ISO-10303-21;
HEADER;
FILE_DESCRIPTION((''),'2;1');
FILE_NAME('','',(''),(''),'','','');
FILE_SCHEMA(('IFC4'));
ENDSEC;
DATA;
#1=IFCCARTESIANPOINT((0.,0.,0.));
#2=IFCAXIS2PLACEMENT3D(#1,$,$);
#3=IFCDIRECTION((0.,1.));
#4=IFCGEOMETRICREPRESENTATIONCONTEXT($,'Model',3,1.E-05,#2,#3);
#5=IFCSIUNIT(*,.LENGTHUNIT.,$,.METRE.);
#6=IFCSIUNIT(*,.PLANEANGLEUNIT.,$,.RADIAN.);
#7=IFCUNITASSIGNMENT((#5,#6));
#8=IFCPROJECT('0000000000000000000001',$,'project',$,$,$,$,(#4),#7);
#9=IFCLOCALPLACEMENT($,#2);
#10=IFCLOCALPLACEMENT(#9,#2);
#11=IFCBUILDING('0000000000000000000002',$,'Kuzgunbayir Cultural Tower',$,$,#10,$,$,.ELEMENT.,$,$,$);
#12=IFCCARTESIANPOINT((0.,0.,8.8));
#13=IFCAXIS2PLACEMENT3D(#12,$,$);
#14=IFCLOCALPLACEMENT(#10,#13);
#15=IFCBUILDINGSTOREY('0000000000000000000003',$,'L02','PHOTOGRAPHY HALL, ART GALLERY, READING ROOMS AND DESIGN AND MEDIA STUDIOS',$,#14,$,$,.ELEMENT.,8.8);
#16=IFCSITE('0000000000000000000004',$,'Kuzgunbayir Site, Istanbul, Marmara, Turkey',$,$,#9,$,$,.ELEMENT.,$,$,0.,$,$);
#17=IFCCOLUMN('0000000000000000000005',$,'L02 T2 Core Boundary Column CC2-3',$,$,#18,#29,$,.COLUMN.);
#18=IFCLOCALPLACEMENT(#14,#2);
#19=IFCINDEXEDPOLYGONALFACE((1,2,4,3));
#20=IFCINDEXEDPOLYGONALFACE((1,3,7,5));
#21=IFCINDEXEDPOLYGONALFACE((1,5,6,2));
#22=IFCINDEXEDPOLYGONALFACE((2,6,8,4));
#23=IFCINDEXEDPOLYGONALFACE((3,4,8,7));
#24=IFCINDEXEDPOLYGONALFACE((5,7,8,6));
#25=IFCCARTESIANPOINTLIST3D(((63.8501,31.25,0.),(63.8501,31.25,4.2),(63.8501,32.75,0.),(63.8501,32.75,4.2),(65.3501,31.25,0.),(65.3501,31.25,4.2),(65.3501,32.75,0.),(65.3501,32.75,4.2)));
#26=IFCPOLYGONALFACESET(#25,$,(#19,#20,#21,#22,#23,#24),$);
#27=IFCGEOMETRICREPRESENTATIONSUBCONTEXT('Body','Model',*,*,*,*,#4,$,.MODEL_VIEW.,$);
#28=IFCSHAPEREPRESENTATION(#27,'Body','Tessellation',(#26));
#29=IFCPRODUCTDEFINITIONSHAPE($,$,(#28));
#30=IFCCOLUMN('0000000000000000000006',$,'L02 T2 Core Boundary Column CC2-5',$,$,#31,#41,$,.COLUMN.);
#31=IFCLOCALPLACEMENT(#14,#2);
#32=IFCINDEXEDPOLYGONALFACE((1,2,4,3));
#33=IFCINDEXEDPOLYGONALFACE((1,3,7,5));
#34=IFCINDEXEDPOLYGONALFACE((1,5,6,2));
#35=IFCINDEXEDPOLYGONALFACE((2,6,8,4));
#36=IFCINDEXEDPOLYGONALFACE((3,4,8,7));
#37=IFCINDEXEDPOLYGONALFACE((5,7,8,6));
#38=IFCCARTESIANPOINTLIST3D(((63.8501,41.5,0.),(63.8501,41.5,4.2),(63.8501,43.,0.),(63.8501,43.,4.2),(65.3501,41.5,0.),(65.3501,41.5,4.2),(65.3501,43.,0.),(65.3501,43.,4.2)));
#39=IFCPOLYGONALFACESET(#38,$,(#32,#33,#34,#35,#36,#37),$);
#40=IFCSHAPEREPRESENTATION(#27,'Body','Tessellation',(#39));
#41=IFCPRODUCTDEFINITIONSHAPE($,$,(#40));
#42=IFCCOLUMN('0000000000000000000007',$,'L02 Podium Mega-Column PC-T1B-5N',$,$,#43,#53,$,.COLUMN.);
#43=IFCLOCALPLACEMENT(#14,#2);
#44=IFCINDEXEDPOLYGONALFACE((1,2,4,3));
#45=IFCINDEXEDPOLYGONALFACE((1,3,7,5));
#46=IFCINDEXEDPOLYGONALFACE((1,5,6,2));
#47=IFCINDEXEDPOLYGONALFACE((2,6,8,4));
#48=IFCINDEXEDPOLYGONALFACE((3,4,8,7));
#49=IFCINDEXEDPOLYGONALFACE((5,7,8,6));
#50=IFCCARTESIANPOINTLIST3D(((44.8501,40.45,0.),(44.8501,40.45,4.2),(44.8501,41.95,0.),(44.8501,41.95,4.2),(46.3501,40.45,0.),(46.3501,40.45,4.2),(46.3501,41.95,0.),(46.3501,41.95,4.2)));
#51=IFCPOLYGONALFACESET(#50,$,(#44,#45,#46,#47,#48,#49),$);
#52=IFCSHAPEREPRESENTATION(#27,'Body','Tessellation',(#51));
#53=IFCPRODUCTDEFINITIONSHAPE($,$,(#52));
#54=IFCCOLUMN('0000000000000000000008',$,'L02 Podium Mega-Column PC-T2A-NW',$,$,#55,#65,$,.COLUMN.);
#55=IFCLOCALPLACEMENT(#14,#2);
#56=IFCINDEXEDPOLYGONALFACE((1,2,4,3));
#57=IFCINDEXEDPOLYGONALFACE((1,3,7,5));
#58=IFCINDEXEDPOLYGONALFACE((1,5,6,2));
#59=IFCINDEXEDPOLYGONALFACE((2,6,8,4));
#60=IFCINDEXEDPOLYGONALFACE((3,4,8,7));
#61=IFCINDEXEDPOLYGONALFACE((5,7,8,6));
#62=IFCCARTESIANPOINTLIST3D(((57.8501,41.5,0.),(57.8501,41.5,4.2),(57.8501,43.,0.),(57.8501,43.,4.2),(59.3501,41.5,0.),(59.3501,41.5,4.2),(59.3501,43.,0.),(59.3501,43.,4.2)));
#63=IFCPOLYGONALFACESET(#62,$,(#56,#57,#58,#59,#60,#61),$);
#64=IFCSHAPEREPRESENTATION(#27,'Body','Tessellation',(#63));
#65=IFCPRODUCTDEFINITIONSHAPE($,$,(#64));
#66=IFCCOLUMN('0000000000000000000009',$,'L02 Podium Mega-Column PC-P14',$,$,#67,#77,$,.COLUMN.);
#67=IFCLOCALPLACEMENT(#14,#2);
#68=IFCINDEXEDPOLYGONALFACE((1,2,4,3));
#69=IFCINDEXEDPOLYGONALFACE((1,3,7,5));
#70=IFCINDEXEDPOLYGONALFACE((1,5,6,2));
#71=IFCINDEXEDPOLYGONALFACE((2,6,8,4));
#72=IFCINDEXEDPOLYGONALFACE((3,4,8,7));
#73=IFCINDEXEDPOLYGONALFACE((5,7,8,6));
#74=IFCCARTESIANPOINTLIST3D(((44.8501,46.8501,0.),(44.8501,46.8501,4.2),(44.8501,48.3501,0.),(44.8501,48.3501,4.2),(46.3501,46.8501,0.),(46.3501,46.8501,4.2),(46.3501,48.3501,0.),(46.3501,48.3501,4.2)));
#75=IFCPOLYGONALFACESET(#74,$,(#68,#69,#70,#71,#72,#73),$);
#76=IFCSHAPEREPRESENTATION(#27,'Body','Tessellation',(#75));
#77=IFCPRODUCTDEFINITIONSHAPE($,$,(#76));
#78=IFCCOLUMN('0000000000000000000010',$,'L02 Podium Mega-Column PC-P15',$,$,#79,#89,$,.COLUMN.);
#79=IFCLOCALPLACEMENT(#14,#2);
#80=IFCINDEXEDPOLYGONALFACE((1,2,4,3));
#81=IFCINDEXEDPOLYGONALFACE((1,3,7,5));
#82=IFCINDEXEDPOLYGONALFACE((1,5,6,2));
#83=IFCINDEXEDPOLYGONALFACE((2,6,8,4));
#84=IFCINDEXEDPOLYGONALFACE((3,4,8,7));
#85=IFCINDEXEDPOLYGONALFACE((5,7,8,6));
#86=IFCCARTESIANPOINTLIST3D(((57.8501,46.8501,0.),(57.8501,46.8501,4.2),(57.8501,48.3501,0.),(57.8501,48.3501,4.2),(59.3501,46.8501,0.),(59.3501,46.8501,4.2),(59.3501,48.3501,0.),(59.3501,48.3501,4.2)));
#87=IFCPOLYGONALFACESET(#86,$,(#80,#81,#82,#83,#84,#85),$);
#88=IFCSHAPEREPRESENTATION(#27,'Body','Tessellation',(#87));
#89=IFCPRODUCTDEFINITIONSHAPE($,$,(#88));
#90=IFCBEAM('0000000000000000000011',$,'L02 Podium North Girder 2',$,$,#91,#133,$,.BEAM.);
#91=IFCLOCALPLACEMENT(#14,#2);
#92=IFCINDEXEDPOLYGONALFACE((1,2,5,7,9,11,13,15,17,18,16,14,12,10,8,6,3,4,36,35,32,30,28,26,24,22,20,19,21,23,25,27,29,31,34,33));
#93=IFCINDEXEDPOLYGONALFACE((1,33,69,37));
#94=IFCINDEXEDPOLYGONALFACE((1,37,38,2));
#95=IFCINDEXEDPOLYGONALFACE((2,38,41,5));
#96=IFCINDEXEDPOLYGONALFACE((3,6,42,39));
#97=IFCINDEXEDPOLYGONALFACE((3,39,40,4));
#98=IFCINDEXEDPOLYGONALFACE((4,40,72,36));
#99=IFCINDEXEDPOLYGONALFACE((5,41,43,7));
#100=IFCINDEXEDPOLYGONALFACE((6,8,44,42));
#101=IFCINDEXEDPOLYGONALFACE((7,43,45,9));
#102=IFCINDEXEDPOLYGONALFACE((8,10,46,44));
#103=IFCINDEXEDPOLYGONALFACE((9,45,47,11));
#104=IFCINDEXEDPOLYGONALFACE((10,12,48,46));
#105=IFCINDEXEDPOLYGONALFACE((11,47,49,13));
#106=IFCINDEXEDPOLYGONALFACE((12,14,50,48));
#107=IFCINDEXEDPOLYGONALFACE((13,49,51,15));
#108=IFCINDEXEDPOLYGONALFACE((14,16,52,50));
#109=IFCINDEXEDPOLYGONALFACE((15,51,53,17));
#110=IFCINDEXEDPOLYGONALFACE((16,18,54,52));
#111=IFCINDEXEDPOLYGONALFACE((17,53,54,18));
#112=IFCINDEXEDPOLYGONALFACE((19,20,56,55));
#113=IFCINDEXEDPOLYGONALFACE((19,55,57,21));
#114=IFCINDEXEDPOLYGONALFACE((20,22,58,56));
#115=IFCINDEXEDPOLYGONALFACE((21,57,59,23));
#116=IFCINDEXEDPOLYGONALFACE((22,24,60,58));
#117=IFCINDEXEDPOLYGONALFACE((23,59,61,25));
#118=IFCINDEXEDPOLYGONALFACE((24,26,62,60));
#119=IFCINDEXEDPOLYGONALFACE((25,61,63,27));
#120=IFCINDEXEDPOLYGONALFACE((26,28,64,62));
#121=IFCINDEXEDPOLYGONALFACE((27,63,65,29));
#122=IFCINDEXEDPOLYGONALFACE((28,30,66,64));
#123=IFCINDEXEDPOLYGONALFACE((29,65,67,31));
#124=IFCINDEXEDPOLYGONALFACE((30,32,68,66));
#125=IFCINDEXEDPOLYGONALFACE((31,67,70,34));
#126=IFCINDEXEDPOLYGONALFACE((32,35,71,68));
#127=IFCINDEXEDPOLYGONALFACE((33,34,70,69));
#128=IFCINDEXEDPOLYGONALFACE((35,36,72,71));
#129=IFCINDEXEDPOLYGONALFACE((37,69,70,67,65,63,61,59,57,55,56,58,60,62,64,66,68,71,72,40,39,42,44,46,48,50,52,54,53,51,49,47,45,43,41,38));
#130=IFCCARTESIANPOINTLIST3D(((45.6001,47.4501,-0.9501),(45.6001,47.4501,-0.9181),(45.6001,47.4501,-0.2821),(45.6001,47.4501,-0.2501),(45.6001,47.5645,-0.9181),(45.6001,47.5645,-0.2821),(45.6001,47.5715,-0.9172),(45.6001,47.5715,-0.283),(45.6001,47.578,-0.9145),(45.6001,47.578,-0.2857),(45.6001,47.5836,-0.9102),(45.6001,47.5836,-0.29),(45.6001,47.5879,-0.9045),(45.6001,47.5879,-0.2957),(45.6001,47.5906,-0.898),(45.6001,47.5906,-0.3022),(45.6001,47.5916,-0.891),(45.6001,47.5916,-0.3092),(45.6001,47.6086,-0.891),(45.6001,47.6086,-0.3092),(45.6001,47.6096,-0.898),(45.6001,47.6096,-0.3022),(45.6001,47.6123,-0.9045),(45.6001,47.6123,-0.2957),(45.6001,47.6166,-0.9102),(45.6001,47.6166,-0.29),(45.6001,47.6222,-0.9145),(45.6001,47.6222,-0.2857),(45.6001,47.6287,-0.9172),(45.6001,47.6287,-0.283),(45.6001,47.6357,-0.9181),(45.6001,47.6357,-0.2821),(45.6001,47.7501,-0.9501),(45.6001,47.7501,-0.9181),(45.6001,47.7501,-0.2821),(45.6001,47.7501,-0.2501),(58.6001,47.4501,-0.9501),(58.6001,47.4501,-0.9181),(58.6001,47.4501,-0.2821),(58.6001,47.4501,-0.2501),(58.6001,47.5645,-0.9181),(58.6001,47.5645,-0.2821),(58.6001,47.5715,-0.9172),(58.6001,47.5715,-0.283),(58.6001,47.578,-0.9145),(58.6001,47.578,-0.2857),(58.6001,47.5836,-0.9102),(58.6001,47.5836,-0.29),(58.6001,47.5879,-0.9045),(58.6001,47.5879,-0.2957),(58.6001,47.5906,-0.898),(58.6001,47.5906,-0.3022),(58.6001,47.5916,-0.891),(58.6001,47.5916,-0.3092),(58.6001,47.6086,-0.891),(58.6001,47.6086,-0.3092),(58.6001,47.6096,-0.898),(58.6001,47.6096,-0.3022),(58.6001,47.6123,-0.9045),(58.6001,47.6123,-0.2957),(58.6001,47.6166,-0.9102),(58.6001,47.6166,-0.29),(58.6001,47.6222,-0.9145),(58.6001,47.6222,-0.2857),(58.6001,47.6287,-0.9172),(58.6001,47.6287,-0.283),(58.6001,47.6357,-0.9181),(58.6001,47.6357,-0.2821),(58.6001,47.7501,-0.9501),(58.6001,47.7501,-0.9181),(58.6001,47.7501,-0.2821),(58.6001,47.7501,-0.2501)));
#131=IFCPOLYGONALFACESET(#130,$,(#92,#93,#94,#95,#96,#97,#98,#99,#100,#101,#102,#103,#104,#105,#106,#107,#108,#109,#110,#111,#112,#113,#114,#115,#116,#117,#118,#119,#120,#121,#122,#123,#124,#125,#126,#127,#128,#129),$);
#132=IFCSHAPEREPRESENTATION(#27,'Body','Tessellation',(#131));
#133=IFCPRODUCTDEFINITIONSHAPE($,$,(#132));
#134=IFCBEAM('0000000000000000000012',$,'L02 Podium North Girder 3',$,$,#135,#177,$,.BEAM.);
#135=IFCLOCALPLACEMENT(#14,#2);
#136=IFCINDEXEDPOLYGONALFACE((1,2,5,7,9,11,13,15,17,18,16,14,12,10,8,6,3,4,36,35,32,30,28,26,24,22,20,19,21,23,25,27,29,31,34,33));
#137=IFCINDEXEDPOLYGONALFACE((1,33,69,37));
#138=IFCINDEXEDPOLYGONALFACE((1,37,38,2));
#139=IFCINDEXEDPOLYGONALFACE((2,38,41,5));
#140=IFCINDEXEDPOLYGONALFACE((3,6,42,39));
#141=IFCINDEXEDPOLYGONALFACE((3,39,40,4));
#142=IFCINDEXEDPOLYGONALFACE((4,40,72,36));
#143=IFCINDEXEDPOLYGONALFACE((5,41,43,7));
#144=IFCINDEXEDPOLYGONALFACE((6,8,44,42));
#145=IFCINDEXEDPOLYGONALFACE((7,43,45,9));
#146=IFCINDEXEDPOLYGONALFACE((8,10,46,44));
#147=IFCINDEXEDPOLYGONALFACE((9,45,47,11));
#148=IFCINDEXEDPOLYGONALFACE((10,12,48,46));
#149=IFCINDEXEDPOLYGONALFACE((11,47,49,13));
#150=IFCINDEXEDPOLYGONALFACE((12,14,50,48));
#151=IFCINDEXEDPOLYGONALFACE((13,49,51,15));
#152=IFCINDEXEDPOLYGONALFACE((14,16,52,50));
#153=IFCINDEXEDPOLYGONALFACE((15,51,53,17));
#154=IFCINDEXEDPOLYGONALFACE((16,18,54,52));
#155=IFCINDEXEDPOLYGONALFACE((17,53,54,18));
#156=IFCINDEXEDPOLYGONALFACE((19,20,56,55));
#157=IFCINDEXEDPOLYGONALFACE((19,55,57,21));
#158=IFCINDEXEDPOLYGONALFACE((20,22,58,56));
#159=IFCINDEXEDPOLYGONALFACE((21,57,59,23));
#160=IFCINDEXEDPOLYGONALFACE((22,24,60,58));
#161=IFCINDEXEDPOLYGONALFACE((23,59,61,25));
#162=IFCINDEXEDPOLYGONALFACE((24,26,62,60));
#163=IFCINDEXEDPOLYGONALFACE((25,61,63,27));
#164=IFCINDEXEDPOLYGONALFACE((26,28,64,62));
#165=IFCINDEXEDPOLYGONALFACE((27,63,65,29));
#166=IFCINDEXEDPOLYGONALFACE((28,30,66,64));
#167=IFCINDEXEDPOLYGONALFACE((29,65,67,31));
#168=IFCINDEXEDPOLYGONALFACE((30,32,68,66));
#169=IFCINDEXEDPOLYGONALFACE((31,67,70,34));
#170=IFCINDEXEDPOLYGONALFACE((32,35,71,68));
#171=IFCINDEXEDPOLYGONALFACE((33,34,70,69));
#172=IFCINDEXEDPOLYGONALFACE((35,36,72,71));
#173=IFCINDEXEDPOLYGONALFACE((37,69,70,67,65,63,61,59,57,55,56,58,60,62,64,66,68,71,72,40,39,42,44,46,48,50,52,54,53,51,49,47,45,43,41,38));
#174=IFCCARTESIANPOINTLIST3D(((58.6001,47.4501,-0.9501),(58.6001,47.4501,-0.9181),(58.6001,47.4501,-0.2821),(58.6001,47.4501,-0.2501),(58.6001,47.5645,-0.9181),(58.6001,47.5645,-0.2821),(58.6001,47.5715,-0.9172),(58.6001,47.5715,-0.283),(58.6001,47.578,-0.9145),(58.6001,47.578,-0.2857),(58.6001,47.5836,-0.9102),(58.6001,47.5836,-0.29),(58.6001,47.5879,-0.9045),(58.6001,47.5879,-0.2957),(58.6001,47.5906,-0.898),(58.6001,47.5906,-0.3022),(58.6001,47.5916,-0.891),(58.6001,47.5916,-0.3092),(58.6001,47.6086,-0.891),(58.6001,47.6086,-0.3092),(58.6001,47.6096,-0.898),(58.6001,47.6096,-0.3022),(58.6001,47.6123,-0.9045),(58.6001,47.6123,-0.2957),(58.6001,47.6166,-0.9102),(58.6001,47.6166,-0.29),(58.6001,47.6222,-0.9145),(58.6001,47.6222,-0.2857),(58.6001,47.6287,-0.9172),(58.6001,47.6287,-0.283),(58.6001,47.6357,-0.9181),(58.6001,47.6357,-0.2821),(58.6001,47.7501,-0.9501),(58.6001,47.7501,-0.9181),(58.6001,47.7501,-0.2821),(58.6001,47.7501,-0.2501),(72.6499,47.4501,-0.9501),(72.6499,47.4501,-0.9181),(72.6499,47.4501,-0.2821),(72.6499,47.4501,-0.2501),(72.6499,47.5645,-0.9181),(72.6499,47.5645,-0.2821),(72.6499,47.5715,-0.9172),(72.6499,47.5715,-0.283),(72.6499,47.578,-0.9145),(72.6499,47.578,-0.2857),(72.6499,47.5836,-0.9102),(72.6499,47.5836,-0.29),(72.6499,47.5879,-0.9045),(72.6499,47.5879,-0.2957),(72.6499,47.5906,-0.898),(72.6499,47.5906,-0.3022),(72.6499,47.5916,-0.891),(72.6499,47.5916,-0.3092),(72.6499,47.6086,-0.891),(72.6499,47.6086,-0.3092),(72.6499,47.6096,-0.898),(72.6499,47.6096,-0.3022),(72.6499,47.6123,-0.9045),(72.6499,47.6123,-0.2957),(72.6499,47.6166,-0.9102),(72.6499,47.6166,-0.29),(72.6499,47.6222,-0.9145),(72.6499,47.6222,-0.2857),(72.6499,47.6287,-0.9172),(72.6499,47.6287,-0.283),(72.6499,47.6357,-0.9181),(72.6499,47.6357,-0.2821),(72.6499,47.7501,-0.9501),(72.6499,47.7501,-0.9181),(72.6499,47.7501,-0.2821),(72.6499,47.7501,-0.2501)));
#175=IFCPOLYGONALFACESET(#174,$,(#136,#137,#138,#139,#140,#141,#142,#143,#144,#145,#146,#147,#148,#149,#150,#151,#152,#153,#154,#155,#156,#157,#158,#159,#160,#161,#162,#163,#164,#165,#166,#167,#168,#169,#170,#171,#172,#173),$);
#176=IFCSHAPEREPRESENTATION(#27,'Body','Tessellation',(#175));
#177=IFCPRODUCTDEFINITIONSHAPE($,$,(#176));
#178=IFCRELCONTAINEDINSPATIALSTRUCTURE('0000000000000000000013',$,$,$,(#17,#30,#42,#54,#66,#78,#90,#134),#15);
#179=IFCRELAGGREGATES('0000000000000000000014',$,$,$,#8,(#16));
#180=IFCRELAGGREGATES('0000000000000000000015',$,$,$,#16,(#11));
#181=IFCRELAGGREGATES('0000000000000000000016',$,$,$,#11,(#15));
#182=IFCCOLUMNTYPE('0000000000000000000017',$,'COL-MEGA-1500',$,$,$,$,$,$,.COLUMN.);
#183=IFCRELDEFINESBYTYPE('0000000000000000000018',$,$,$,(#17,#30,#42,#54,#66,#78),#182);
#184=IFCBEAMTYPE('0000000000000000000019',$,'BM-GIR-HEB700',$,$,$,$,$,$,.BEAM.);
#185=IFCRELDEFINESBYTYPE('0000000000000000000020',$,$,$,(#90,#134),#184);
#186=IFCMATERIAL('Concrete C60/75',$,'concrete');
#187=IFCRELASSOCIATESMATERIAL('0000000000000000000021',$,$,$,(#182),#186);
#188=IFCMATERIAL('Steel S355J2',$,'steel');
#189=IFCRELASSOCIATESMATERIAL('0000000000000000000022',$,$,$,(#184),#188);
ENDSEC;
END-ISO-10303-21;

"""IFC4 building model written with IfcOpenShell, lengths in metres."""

from ifc_helpers import new_model, si_unit, direction, frame, origin, origin_2d, place, context, subcontext, project, spatial, rectangle, i_section, extrude, material, material_profile, profile_set, type_object, element, save


model = new_model("IFC4")

# Units and contexts
model_context = context("Model", 3, precision=1e-05, world=origin(), true_north=direction((0.0, 1.0)))
body_context = subcontext(model_context, "Body", "Model", "MODEL_VIEW")
ifc_project = project(units=[si_unit("LENGTHUNIT", "METRE"), si_unit("PLANEANGLEUNIT", "RADIAN")], contexts=[model_context])

# Site, building, storey
site_placement = place(None, origin())
site = spatial("IfcSite", under=ifc_project, at=site_placement, Name="Kuzgunbayir Site, Istanbul, Marmara, Turkey", CompositionType="ELEMENT", RefElevation=0.0)
building_placement = place(site_placement, origin())
building = spatial("IfcBuilding", under=site, at=building_placement, Name="Kuzgunbayir Cultural Tower", CompositionType="ELEMENT")
storey_placement = place(building_placement, frame((0.0, 0.0, 8.8)))
storey = spatial("IfcBuildingStorey", under=building, at=storey_placement, Name="L02", Description="PHOTOGRAPHY HALL, ART GALLERY, READING ROOMS AND DESIGN AND MEDIA STUDIOS", CompositionType="ELEMENT", Elevation=8.8)

# Columns
ifc_material_1 = material(Name="Concrete C60/75", Category="concrete")
ifc_material_profile_1 = material_profile(ifc_material_1, rectangle(XDim=1.5, YDim=1.5, at=origin_2d()), Name="RC 1500x1500")
ifc_profile_set_1 = profile_set([ifc_material_profile_1], Name="Concrete C60/75")
column_type = type_object("IfcColumnType", Name="COL-MEGA-1500", PredefinedType="COLUMN", material=ifc_profile_set_1)
for number, where, z_axis, x_axis, name in (
    (1, (64.6001, 32.0, 0.0), (0.0, 0.0, 1.0), (1.0, 0.0, 0.0), "L02 T2 Core Boundary Column CC2-3"),
    (2, (64.6001, 42.25, 0.0), (0.0, 0.0, 1.0), (1.0, 0.0, 0.0), "L02 T2 Core Boundary Column CC2-5"),
    (3, (45.6001, 41.2, 0.0), (0.0, 0.0, 1.0), (1.0, 0.0, 0.0), "L02 Podium Mega-Column PC-T1B-5N"),
    (4, (58.6001, 42.25, 0.0), (0.0, 0.0, 1.0), (1.0, 0.0, 0.0), "L02 Podium Mega-Column PC-T2A-NW"),
    (5, (45.6001, 47.6001, 0.0), (0.0, 0.0, 1.0), (1.0, 0.0, 0.0), "L02 Podium Mega-Column PC-P14"),
    (6, (58.6001, 47.6001, 0.0), (0.0, 0.0, 1.0), (1.0, 0.0, 0.0), "L02 Podium Mega-Column PC-P15"),
):
    element("IfcColumn", number, at=place(storey_placement, frame(where, z_axis=z_axis, x_axis=x_axis)), inside=storey, type_object=column_type, Name=name, PredefinedType="COLUMN", context=body_context, shape_type="SweptSolid", body=[
        extrude(rectangle(XDim=1.5, YDim=1.5, at=origin_2d()), origin(), (0.0, 0.0, 1.0), 4.2),
    ])

# Beams
ifc_material_2 = material(Name="Steel S355J2", Category="steel")
ifc_material_profile_2 = material_profile(ifc_material_2, i_section(OverallWidth=0.3, OverallDepth=0.7, WebThickness=0.0171, FlangeThickness=0.032, FilletRadius=0.0271, at=origin_2d()), Name="HEB 700")
ifc_profile_set_2 = profile_set([ifc_material_profile_2], Name="Steel S355J2")
beam_type = type_object("IfcBeamType", Name="BM-GIR-HEB700", PredefinedType="BEAM", material=ifc_profile_set_2)
beam_1_placement = place(storey_placement, frame((45.6001, 47.6001, -0.6001), z_axis=(1.0, 0.0, 0.0), x_axis=(0.0, 1.0, 0.0)))
element("IfcBeam", 7, at=beam_1_placement, inside=storey, type_object=beam_type, Name="L02 Podium North Girder 2", PredefinedType="BEAM", context=body_context, shape_type="SweptSolid", body=[
    extrude(i_section(OverallWidth=0.3, OverallDepth=0.7, WebThickness=0.0171, FlangeThickness=0.032, FilletRadius=0.0271, at=origin_2d()), origin(), (0.0, 0.0, 1.0), 13.0),
])
beam_2_placement = place(storey_placement, frame((58.6001, 47.6001, -0.6001), z_axis=(1.0, 0.0, 0.0), x_axis=(0.0, 1.0, 0.0)))
element("IfcBeam", 8, at=beam_2_placement, inside=storey, type_object=beam_type, Name="L02 Podium North Girder 3", PredefinedType="BEAM", context=body_context, shape_type="SweptSolid", body=[
    extrude(i_section(OverallWidth=0.3, OverallDepth=0.7, WebThickness=0.0171, FlangeThickness=0.032, FilletRadius=0.0271, at=origin_2d()), origin(), (0.0, 0.0, 1.0), 14.0498),
])

save(model, "model.ifc")
